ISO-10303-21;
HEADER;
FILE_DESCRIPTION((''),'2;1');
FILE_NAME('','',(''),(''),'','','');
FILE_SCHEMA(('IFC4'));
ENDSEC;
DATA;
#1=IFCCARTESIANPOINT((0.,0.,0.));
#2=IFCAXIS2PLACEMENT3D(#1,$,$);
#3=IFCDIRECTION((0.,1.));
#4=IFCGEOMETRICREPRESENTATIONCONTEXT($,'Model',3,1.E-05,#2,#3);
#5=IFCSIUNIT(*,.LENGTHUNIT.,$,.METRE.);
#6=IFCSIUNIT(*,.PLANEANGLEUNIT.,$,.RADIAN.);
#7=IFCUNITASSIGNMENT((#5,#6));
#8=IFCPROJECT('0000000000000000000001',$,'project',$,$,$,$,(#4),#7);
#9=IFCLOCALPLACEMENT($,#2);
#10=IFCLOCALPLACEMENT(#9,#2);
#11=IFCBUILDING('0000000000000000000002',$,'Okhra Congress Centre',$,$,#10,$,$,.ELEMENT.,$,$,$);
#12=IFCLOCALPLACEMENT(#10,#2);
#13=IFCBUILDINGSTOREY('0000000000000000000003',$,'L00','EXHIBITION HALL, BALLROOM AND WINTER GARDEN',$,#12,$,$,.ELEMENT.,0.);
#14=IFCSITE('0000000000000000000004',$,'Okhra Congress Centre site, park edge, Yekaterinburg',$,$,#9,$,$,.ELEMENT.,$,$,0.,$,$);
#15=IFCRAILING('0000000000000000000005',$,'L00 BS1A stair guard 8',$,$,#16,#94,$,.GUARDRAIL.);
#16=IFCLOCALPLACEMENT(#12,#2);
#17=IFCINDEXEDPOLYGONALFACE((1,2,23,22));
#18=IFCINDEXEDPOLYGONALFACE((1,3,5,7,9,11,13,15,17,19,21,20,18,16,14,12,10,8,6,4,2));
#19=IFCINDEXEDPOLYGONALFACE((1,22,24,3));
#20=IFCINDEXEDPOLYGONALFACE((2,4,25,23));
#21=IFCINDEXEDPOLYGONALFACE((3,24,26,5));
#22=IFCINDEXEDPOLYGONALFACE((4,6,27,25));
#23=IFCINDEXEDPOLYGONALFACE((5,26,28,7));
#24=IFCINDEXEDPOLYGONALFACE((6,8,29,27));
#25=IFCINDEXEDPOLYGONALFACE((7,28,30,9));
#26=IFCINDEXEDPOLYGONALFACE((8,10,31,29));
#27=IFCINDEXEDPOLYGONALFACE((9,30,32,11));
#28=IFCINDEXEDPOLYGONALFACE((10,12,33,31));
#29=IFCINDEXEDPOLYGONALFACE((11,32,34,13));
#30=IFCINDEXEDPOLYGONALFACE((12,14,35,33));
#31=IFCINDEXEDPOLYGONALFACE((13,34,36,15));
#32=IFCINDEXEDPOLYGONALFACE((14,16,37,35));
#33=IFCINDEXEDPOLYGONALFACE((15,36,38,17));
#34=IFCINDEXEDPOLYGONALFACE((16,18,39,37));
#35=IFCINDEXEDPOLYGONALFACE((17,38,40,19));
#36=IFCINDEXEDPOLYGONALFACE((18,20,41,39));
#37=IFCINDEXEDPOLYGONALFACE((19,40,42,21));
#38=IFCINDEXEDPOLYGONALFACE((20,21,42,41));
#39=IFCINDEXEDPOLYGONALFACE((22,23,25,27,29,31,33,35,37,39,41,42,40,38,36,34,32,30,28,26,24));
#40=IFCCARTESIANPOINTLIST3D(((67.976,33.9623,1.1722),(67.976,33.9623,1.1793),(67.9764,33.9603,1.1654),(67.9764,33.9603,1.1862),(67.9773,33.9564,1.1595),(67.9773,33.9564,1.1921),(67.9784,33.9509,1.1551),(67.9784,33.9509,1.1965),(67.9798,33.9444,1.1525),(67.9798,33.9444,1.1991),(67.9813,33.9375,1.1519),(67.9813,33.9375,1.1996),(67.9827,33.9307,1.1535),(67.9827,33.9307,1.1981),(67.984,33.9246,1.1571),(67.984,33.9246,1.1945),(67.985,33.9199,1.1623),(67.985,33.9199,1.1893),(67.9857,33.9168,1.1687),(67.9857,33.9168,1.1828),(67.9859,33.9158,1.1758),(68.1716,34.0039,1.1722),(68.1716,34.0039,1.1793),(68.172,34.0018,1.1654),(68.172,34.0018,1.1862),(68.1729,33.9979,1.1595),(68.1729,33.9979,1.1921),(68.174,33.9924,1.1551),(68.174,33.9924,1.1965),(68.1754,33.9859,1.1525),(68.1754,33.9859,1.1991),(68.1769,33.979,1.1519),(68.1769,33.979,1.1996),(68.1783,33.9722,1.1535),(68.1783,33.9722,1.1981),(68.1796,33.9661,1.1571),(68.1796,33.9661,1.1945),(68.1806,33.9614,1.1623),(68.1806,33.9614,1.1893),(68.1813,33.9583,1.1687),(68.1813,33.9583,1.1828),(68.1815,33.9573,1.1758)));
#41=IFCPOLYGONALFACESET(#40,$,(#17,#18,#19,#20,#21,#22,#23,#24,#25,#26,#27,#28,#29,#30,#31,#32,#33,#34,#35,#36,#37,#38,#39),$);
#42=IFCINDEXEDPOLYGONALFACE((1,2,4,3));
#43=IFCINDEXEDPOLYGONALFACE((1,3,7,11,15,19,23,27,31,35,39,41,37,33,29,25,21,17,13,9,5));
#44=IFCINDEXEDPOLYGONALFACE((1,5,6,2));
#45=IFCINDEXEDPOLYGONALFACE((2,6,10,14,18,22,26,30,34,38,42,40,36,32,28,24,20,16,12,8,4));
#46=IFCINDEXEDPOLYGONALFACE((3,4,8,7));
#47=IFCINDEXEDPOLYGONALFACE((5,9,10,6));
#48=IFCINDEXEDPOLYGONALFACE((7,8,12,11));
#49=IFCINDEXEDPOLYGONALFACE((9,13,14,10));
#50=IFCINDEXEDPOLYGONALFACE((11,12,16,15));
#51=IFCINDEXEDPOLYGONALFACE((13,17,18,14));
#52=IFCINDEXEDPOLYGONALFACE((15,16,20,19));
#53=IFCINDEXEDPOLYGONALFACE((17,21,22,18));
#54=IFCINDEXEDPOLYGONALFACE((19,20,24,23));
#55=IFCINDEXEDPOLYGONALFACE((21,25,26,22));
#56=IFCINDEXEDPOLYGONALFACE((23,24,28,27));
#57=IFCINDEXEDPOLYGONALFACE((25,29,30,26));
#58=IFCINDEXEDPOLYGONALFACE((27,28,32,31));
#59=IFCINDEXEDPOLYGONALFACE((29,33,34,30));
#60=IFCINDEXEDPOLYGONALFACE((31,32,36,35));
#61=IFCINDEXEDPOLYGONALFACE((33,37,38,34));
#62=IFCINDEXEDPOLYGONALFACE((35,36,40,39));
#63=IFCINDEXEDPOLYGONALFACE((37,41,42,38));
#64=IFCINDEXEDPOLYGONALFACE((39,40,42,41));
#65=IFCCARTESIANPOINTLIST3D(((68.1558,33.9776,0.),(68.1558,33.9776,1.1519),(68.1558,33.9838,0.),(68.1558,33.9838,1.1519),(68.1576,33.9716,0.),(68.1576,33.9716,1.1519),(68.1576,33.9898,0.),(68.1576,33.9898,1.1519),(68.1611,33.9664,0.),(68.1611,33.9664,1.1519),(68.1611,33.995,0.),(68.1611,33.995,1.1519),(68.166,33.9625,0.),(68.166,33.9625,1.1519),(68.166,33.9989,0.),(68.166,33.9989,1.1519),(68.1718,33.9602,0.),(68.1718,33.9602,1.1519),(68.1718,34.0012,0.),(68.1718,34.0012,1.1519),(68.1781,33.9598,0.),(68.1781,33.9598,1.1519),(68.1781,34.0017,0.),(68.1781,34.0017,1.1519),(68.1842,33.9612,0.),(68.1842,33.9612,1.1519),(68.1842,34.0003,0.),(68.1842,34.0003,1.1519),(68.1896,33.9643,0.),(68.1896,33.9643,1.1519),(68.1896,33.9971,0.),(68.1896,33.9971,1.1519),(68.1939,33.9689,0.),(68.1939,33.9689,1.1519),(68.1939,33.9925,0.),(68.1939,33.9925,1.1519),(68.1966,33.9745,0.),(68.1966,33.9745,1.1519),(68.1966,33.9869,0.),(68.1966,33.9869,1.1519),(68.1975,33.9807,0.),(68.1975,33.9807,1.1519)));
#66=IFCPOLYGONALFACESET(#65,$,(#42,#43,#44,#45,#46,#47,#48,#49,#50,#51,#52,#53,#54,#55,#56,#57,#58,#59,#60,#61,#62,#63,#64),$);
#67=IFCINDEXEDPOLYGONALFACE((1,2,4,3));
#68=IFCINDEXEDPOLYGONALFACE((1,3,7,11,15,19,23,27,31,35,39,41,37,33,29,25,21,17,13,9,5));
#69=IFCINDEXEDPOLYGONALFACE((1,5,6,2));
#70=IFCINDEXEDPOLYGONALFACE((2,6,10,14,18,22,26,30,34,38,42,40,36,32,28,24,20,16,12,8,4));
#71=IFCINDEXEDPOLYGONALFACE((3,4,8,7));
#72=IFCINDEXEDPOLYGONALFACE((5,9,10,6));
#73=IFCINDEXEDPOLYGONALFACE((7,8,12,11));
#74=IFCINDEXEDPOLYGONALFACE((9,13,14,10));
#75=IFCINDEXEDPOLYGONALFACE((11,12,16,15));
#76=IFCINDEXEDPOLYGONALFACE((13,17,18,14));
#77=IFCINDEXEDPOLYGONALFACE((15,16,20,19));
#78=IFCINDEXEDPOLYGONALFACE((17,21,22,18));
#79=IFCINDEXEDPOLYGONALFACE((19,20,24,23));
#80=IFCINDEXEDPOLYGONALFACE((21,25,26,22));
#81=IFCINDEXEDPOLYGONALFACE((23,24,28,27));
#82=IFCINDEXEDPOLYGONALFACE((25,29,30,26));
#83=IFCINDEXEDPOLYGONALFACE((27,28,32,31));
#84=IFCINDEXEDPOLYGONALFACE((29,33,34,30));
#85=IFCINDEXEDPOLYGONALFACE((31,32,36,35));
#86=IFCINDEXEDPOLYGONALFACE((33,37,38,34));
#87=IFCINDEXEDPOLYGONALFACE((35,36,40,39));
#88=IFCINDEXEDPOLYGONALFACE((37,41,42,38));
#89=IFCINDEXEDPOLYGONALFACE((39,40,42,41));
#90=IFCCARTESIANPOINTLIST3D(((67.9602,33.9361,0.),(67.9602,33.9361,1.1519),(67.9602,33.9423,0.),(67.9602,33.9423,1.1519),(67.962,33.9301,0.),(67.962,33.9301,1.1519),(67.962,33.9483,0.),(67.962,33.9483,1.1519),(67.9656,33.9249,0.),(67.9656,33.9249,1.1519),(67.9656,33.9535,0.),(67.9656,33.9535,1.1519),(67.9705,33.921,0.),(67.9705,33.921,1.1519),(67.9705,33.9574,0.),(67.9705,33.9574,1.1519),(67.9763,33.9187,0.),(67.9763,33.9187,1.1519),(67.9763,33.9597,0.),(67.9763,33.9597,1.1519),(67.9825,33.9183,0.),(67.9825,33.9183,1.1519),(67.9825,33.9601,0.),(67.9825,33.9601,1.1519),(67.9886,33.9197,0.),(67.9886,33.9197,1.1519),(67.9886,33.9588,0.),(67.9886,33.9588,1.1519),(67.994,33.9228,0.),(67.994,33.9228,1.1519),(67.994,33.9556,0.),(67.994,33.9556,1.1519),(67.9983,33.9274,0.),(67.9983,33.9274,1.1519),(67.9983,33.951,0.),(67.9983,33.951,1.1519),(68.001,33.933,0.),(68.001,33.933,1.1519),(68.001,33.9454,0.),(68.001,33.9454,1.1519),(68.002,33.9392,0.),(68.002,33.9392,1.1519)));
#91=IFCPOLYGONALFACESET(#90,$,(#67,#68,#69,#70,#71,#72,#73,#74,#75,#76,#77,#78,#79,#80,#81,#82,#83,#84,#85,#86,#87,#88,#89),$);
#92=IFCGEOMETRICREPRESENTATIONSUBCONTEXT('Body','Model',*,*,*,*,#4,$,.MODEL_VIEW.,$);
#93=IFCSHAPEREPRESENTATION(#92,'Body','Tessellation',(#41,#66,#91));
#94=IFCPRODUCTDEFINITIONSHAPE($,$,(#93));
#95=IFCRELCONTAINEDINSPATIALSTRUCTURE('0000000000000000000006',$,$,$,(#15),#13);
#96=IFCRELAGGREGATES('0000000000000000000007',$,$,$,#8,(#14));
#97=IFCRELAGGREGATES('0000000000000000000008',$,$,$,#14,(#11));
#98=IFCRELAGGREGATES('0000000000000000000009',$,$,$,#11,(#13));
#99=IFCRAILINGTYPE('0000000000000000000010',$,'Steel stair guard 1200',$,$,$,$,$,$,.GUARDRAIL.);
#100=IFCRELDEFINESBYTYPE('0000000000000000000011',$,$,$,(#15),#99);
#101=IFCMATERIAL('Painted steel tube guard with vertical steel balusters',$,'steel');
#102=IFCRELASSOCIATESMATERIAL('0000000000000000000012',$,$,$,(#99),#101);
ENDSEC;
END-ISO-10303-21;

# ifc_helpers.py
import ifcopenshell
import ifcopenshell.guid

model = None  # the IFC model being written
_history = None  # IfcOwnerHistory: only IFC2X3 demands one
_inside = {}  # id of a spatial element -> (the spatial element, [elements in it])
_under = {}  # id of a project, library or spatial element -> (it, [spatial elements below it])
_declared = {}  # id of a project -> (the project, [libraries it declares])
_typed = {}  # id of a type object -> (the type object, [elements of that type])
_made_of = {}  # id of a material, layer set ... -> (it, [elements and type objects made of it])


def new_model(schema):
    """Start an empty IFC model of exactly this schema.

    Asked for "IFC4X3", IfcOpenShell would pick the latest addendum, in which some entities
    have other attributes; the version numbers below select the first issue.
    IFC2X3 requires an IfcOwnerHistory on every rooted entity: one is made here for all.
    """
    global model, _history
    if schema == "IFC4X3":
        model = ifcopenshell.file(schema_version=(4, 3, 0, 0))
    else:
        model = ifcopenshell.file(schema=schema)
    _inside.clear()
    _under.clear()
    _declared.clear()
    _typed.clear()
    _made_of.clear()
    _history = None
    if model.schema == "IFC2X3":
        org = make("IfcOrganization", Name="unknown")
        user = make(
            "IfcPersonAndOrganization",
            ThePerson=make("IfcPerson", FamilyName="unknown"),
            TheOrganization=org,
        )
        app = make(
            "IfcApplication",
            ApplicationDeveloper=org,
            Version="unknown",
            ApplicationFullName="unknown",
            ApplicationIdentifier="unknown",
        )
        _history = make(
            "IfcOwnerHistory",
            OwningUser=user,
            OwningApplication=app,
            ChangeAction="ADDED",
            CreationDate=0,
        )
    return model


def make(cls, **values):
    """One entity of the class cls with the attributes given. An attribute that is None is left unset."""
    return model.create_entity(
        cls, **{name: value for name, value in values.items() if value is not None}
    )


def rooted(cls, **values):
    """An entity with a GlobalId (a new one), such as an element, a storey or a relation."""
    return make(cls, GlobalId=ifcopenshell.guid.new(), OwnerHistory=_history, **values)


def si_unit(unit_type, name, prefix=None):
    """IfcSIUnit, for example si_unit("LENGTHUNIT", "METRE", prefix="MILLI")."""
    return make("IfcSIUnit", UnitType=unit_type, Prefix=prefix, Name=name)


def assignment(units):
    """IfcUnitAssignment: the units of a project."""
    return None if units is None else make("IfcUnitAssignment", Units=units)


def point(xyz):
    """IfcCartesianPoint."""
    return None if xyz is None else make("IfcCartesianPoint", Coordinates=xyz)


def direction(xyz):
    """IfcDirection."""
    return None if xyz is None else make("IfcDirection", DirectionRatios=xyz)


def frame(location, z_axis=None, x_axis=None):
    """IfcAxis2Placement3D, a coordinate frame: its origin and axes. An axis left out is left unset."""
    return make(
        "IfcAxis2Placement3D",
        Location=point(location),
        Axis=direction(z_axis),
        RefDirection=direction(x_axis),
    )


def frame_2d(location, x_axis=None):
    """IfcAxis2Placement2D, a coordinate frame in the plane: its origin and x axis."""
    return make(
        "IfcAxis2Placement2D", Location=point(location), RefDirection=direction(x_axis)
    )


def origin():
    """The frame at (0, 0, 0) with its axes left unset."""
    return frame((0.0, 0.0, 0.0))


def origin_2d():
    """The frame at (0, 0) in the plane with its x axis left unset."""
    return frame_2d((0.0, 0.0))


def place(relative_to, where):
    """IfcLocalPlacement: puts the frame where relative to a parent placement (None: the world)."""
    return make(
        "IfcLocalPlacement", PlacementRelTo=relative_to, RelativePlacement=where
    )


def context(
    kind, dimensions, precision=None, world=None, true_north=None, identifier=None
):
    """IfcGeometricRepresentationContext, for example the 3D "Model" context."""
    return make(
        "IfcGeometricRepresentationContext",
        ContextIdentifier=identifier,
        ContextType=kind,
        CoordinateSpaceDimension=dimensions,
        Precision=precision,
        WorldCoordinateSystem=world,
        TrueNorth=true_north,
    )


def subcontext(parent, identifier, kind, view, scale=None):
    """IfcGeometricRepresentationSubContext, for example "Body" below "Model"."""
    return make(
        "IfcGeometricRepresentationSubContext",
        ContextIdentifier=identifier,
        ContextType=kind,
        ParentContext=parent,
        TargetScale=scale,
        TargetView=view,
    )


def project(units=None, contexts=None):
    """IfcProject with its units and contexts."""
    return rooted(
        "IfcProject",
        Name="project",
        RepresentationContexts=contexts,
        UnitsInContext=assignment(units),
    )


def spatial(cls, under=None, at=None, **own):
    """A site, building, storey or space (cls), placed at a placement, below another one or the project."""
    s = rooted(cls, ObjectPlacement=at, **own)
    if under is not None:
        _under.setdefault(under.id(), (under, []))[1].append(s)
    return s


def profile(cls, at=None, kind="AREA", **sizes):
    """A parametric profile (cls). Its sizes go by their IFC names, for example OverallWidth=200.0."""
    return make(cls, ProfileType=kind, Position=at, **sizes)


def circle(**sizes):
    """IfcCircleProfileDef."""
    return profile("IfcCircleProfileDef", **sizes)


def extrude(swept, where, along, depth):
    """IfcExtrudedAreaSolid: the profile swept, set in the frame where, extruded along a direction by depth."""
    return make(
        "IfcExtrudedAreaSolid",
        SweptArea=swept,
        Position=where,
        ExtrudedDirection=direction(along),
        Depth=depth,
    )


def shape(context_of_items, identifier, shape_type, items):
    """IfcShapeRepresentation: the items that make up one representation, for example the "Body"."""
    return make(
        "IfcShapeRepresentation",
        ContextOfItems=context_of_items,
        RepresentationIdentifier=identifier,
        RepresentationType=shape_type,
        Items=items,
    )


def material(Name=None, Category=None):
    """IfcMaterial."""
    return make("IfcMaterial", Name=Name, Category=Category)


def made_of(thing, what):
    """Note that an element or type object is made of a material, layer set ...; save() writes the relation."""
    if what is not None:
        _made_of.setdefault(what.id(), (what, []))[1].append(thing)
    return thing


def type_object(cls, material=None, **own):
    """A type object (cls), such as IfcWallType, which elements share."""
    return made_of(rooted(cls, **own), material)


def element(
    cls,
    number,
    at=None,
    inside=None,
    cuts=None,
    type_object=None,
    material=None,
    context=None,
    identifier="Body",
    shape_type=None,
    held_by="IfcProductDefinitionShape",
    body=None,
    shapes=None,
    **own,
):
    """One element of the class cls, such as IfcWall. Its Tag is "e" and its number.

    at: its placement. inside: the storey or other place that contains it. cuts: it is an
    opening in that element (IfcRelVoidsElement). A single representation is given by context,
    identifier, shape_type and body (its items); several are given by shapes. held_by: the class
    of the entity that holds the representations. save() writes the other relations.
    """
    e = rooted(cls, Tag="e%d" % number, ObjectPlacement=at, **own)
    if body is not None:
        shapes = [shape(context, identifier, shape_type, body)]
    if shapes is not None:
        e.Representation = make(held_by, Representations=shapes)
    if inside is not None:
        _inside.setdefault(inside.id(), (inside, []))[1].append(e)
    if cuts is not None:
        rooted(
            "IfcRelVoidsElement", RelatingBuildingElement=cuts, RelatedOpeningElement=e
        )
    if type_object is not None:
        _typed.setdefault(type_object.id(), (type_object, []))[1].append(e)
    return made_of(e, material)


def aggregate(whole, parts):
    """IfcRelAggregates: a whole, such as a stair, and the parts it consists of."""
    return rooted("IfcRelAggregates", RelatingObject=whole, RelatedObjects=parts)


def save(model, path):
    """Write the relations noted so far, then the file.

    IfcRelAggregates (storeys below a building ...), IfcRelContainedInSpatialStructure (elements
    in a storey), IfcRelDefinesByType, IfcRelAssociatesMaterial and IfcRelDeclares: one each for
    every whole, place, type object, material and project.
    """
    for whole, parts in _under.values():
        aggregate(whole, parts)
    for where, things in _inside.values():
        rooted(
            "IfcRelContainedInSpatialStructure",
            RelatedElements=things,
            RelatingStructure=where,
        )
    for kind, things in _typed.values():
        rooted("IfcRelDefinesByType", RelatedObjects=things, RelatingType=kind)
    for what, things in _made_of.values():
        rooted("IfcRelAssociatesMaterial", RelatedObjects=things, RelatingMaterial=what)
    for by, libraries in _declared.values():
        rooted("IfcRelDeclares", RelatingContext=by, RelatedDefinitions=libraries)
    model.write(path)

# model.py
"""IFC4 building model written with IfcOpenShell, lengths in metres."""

from ifc_helpers import new_model, si_unit, direction, frame, origin, origin_2d, place, context, subcontext, project, spatial, circle, extrude, material, type_object, element, save


model = new_model("IFC4")

# Units and contexts
model_context = context("Model", 3, precision=1e-05, world=origin(), true_north=direction((0.0, 1.0)))
body_context = subcontext(model_context, "Body", "Model", "MODEL_VIEW")
ifc_project = project(units=[si_unit("LENGTHUNIT", "METRE"), si_unit("PLANEANGLEUNIT", "RADIAN")], contexts=[model_context])

# Site, building, storey
site_placement = place(None, origin())
site = spatial("IfcSite", under=ifc_project, at=site_placement, Name="Okhra Congress Centre site, park edge, Yekaterinburg", CompositionType="ELEMENT", RefElevation=0.0)
building_placement = place(site_placement, origin())
building = spatial("IfcBuilding", under=site, at=building_placement, Name="Okhra Congress Centre", CompositionType="ELEMENT")
storey_placement = place(building_placement, origin())
storey = spatial("IfcBuildingStorey", under=building, at=storey_placement, Name="L00", Description="EXHIBITION HALL, BALLROOM AND WINTER GARDEN", CompositionType="ELEMENT", Elevation=0.0)

# Railing
ifc_material_1 = material(Name="Painted steel tube guard with vertical steel balusters", Category="steel")
railing_type_1 = type_object("IfcRailingType", Name="Steel stair guard 1200", PredefinedType="GUARDRAIL", material=ifc_material_1)
railing_1_placement = place(storey_placement, frame((68.1765, 33.9807, 0.0)))
element("IfcRailing", 1, at=railing_1_placement, inside=storey, type_object=railing_type_1, Name="L00 BS1A stair guard 8", PredefinedType="GUARDRAIL", context=body_context, shape_type="SweptSolid", body=[
    extrude(circle(Radius=0.0239, at=origin_2d()), frame((0.0, 0.0, 1.1758), z_axis=(-0.978212, -0.20761, 0.0), x_axis=(0.20761, -0.978212, 0.0)), (0.0, 0.0, 1.0), 0.2),
    extrude(circle(Radius=0.021, at=origin_2d()), origin(), (0.0, 0.0, 1.0), 1.1519),
    extrude(circle(Radius=0.021, at=origin_2d()), frame((-0.1956, -0.0415, 0.0)), (0.0, 0.0, 1.0), 1.1519),
])

save(model, "model.ifc")
